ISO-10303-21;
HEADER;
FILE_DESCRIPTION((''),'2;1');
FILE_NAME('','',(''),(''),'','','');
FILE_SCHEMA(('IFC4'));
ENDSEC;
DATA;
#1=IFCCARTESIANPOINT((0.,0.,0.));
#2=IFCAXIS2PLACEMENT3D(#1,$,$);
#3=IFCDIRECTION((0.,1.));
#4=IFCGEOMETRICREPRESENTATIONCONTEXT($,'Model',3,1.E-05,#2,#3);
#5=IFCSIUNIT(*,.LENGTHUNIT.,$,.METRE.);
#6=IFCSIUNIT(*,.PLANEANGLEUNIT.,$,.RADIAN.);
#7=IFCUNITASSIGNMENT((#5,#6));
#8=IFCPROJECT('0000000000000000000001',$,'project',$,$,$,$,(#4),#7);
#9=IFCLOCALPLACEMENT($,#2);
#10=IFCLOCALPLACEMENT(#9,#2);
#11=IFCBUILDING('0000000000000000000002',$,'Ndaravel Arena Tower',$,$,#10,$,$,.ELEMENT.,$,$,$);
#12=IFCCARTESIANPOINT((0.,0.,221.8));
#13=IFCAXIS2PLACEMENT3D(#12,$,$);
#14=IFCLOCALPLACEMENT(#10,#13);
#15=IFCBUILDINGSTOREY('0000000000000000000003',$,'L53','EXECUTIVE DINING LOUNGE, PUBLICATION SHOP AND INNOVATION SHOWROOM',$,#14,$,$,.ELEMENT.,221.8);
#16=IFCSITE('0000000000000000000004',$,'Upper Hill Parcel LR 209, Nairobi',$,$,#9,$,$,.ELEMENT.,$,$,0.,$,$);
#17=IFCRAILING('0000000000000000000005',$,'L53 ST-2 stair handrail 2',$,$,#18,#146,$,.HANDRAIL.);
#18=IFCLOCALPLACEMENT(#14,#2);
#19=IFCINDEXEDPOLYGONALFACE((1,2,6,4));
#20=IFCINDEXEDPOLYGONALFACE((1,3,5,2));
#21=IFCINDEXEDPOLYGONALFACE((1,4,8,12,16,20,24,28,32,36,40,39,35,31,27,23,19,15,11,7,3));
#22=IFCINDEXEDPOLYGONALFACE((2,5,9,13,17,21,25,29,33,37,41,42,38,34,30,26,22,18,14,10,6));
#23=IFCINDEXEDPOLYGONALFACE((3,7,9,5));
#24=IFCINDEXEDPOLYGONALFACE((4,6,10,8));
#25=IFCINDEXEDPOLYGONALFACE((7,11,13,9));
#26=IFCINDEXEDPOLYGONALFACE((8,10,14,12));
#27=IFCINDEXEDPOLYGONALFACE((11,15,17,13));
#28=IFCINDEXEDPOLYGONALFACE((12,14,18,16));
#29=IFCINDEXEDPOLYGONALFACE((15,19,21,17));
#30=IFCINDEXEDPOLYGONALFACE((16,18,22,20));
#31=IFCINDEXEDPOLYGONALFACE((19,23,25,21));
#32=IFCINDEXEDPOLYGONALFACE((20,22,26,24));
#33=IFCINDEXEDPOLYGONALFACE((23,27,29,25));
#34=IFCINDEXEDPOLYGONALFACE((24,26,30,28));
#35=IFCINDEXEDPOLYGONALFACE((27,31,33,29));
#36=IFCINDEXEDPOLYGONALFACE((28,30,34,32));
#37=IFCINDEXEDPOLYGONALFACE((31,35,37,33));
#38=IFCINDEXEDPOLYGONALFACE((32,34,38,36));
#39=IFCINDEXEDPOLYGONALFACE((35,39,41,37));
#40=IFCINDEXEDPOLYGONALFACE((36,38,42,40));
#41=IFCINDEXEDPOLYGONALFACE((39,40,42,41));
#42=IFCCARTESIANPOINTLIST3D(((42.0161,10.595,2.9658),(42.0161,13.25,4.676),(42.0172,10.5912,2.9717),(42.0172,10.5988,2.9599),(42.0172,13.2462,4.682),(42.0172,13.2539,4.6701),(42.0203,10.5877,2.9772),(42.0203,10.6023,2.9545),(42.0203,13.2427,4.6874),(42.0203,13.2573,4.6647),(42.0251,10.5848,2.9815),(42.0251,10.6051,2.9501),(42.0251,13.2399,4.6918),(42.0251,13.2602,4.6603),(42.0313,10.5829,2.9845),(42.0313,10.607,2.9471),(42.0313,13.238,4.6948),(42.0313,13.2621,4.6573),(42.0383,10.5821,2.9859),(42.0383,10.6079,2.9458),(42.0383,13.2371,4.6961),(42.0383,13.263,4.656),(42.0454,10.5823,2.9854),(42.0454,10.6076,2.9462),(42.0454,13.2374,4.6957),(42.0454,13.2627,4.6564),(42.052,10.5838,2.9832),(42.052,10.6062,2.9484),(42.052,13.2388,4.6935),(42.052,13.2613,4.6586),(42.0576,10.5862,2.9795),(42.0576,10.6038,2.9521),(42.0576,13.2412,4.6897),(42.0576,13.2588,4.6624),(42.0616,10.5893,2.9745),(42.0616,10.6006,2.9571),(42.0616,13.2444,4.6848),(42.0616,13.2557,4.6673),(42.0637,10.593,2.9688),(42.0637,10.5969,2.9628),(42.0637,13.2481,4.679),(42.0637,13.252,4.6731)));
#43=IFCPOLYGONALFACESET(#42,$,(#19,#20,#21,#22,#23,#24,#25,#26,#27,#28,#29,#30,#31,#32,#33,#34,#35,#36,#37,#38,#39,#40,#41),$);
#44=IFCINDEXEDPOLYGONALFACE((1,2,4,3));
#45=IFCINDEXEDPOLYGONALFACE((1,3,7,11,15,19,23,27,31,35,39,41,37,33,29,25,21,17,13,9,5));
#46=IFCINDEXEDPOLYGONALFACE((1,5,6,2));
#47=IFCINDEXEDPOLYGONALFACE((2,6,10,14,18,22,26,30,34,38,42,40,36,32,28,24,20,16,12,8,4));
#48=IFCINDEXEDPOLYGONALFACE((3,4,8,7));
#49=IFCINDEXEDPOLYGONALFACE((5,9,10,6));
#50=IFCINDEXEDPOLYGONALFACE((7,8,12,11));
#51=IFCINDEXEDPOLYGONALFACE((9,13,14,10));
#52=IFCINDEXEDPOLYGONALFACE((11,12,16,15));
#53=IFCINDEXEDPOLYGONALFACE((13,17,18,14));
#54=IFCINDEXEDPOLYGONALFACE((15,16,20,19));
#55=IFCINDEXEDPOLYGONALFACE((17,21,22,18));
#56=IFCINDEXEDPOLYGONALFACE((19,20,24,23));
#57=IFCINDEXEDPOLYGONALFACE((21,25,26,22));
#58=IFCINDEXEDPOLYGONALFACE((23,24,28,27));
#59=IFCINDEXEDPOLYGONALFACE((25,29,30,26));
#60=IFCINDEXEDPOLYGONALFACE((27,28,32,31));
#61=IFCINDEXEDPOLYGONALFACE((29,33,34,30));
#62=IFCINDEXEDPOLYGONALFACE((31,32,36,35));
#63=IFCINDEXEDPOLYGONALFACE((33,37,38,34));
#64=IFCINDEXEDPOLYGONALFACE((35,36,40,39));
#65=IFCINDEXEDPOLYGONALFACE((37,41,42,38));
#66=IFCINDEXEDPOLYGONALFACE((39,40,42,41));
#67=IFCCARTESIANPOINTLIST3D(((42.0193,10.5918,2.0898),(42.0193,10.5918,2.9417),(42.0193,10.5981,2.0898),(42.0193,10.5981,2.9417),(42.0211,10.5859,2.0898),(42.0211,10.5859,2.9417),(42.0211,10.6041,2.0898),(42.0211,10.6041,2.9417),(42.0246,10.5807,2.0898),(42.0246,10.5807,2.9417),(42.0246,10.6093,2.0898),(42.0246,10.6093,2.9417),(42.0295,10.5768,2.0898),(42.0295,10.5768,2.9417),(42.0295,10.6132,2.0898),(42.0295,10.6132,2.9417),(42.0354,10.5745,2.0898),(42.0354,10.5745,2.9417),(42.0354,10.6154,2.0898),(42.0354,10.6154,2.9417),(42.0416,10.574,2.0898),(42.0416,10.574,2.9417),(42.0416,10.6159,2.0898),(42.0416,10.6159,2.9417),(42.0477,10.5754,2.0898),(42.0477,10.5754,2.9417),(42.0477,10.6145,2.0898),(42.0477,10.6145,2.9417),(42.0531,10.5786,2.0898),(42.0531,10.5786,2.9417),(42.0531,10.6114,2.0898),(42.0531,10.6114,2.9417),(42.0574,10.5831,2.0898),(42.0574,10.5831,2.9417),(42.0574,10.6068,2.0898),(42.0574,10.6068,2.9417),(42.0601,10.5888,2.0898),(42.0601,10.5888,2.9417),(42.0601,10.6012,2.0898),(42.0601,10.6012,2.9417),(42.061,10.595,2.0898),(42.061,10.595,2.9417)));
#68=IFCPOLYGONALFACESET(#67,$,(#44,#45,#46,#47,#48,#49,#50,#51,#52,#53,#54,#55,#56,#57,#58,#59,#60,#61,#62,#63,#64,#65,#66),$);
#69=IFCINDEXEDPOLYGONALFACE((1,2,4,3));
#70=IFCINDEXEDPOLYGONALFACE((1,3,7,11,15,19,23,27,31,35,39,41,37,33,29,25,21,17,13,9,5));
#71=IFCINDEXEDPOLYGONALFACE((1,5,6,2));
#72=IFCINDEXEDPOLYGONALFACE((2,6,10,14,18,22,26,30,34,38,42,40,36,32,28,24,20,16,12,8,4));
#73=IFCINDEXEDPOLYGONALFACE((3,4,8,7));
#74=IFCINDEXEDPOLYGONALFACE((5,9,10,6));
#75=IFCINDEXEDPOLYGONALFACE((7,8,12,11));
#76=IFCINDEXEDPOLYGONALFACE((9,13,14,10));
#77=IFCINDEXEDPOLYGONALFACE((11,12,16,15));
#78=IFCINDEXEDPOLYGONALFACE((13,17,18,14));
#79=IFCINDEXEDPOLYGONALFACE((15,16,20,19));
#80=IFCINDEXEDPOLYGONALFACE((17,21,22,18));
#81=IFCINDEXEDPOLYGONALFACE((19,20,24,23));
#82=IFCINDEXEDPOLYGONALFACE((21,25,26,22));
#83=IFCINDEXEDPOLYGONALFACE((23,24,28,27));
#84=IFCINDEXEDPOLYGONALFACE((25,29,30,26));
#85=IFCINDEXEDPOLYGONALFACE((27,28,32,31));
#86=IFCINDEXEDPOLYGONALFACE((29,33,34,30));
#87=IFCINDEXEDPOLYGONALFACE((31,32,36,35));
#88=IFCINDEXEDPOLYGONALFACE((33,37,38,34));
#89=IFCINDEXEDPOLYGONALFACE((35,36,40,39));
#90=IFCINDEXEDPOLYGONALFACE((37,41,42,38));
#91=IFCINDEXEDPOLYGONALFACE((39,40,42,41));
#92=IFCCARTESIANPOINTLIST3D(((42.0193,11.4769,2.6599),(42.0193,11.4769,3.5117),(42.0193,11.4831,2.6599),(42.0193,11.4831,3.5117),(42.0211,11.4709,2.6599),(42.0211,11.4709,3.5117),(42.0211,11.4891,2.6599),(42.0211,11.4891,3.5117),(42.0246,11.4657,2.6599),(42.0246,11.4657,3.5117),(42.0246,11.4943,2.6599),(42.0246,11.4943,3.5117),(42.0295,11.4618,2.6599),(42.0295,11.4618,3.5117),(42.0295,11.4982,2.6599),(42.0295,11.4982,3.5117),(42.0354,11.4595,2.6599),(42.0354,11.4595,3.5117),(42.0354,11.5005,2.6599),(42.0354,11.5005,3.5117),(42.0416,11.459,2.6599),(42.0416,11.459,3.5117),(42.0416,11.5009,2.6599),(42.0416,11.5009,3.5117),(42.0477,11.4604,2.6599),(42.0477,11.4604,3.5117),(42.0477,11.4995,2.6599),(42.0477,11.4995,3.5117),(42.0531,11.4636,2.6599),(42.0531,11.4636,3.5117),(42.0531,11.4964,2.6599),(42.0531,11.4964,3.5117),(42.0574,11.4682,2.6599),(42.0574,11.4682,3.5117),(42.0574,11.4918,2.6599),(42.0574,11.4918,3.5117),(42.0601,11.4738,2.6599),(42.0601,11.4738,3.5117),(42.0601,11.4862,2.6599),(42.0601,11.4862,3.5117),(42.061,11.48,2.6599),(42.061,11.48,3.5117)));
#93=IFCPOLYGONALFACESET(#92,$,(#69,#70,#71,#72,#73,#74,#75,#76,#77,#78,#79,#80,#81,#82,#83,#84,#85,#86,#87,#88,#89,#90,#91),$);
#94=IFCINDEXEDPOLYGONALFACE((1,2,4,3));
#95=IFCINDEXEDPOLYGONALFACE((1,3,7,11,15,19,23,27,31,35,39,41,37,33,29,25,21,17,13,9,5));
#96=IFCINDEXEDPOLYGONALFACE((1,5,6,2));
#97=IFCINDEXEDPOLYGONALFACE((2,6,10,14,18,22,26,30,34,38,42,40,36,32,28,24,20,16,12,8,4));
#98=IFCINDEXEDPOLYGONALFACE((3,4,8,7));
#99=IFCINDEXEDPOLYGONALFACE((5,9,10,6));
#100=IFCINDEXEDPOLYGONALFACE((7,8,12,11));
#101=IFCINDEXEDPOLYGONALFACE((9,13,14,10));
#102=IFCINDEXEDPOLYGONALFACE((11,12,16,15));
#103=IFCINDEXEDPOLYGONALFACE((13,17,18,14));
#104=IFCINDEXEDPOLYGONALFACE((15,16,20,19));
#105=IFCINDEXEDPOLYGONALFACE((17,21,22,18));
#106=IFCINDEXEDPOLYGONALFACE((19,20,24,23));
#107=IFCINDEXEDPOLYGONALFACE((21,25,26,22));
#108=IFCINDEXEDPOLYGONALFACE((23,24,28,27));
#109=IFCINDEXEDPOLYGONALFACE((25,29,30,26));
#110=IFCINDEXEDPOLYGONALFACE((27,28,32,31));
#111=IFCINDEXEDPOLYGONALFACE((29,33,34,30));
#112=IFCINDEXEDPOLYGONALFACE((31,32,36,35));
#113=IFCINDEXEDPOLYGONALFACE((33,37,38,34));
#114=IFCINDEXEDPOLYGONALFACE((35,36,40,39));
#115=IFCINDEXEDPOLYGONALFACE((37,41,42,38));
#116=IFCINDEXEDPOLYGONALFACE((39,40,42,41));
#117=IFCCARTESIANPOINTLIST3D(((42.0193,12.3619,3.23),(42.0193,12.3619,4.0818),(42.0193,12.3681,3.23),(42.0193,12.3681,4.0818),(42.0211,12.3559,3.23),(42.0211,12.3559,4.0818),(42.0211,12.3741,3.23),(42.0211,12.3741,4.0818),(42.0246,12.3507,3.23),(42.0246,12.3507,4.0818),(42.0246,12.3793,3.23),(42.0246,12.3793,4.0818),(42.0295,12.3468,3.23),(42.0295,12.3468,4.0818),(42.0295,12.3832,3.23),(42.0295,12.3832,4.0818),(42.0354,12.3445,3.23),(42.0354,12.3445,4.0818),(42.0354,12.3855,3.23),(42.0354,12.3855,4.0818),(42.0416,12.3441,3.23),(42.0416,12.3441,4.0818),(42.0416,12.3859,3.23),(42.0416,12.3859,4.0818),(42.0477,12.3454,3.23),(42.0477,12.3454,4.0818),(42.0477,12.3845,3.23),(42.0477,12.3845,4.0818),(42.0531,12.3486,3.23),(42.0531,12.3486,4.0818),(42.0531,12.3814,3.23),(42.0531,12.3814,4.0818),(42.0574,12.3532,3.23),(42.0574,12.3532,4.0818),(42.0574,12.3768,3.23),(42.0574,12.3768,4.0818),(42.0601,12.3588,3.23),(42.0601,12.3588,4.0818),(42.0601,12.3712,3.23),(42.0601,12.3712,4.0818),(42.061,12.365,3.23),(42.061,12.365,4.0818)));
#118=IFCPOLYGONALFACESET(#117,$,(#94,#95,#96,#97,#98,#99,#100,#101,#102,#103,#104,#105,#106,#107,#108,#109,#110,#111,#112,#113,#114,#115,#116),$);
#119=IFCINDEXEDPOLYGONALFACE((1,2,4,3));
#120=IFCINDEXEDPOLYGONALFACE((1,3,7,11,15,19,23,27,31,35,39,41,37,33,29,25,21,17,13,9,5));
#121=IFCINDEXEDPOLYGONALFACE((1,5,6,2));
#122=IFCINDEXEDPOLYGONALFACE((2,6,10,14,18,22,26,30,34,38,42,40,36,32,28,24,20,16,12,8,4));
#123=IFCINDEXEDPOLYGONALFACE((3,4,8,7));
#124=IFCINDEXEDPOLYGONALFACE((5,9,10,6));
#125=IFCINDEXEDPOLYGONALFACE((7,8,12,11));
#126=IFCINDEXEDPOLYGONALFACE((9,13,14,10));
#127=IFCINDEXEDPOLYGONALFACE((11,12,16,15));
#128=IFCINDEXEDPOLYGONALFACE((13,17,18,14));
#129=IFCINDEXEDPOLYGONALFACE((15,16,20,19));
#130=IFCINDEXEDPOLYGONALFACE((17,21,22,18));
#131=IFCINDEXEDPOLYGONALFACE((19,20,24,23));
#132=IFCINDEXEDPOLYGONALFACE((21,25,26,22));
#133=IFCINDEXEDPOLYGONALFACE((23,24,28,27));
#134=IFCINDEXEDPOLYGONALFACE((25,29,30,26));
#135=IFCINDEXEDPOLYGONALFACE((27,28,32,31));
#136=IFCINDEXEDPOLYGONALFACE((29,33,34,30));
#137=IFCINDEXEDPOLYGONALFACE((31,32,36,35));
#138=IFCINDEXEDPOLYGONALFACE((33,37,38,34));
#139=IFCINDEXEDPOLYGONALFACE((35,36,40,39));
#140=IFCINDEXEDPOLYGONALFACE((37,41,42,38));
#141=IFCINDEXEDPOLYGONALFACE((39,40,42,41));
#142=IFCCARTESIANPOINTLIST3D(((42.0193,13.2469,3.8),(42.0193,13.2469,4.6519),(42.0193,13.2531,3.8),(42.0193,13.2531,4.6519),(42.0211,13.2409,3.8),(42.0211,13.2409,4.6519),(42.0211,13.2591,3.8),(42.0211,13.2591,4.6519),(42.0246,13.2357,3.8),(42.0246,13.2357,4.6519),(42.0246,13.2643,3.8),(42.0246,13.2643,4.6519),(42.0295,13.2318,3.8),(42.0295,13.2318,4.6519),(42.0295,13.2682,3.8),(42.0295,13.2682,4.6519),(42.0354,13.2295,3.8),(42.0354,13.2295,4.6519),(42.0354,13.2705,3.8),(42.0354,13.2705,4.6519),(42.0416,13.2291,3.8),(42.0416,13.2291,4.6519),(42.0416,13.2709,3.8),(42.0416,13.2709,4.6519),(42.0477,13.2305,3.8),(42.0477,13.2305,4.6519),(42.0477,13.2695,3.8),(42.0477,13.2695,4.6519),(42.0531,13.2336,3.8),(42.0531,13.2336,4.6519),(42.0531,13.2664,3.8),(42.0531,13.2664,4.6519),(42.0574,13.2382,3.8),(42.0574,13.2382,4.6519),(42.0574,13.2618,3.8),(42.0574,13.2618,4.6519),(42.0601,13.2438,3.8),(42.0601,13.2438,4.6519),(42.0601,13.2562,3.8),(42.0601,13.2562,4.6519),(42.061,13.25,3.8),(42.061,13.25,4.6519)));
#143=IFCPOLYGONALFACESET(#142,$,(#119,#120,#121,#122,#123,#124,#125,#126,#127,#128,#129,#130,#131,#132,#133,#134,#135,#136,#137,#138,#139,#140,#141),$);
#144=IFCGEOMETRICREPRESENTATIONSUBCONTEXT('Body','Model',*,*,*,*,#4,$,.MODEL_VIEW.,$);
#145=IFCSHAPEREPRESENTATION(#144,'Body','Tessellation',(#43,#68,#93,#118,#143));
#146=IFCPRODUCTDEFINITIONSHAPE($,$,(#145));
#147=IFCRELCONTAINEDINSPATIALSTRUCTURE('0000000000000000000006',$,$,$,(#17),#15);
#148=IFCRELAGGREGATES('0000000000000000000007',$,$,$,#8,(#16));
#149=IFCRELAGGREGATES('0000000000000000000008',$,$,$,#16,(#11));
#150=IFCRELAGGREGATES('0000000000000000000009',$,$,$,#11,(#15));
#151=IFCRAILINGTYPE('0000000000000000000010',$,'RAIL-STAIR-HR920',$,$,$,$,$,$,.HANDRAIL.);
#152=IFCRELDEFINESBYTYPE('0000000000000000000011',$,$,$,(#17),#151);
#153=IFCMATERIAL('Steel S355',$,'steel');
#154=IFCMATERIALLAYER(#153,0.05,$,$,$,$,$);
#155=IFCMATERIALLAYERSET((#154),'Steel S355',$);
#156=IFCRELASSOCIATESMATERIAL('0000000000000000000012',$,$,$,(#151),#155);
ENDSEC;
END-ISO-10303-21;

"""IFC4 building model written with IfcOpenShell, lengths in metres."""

from ifc_helpers import new_model, si_unit, direction, frame, origin, origin_2d, place, context, subcontext, project, spatial, circle, extrude, material, layer, layer_set, type_object, element, save


model = new_model("IFC4")

# Units and contexts
model_context = context("Model", 3, precision=1e-05, world=origin(), true_north=direction((0.0, 1.0)))
body_context = subcontext(model_context, "Body", "Model", "MODEL_VIEW")
ifc_project = project(units=[si_unit("LENGTHUNIT", "METRE"), si_unit("PLANEANGLEUNIT", "RADIAN")], contexts=[model_context])

# Site, building, storey
site_placement = place(None, origin())
site = spatial("IfcSite", under=ifc_project, at=site_placement, Name="Upper Hill Parcel LR 209, Nairobi", CompositionType="ELEMENT", RefElevation=0.0)
building_placement = place(site_placement, origin())
building = spatial("IfcBuilding", under=site, at=building_placement, Name="Ndaravel Arena Tower", CompositionType="ELEMENT")
storey_placement = place(building_placement, frame((0.0, 0.0, 221.8)))
storey = spatial("IfcBuildingStorey", under=building, at=storey_placement, Name="L53", Description="EXECUTIVE DINING LOUNGE, PUBLICATION SHOP AND INNOVATION SHOWROOM", CompositionType="ELEMENT", Elevation=221.8)

# Railing
ifc_material_1 = material(Name="Steel S355", Category="steel")
ifc_layer_1 = layer(ifc_material_1, 0.05)
ifc_layer_set_1 = layer_set([ifc_layer_1], Name="Steel S355")
railing_type_1 = type_object("IfcRailingType", Name="RAIL-STAIR-HR920", PredefinedType="HANDRAIL", material=ifc_layer_set_1)
railing_1_placement = place(storey_placement, frame((42.04, 10.595, 2.0898)))
element("IfcRailing", 1, at=railing_1_placement, inside=storey, type_object=railing_type_1, Name="L53 ST-2 stair handrail 2", PredefinedType="HANDRAIL", context=body_context, shape_type="SweptSolid", body=[
    extrude(circle(Radius=0.0239, at=origin_2d()), frame((0.0, 0.0, 0.876), z_axis=(0.0, 0.840688, 0.541519), x_axis=(-1.0, 0.0, 0.0)), (0.0, 0.0, 1.0), 3.1582),
    extrude(circle(Radius=0.021, at=origin_2d()), origin(), (0.0, 0.0, 1.0), 0.8518),
    extrude(circle(Radius=0.021, at=origin_2d()), frame((0.0, 0.885, 0.5701)), (0.0, 0.0, 1.0), 0.8518),
    extrude(circle(Radius=0.021, at=origin_2d()), frame((0.0, 1.77, 1.1401)), (0.0, 0.0, 1.0), 0.8518),
    extrude(circle(Radius=0.021, at=origin_2d()), frame((0.0, 2.655, 1.7102)), (0.0, 0.0, 1.0), 0.8518),
])

save(model, "model.ifc")
